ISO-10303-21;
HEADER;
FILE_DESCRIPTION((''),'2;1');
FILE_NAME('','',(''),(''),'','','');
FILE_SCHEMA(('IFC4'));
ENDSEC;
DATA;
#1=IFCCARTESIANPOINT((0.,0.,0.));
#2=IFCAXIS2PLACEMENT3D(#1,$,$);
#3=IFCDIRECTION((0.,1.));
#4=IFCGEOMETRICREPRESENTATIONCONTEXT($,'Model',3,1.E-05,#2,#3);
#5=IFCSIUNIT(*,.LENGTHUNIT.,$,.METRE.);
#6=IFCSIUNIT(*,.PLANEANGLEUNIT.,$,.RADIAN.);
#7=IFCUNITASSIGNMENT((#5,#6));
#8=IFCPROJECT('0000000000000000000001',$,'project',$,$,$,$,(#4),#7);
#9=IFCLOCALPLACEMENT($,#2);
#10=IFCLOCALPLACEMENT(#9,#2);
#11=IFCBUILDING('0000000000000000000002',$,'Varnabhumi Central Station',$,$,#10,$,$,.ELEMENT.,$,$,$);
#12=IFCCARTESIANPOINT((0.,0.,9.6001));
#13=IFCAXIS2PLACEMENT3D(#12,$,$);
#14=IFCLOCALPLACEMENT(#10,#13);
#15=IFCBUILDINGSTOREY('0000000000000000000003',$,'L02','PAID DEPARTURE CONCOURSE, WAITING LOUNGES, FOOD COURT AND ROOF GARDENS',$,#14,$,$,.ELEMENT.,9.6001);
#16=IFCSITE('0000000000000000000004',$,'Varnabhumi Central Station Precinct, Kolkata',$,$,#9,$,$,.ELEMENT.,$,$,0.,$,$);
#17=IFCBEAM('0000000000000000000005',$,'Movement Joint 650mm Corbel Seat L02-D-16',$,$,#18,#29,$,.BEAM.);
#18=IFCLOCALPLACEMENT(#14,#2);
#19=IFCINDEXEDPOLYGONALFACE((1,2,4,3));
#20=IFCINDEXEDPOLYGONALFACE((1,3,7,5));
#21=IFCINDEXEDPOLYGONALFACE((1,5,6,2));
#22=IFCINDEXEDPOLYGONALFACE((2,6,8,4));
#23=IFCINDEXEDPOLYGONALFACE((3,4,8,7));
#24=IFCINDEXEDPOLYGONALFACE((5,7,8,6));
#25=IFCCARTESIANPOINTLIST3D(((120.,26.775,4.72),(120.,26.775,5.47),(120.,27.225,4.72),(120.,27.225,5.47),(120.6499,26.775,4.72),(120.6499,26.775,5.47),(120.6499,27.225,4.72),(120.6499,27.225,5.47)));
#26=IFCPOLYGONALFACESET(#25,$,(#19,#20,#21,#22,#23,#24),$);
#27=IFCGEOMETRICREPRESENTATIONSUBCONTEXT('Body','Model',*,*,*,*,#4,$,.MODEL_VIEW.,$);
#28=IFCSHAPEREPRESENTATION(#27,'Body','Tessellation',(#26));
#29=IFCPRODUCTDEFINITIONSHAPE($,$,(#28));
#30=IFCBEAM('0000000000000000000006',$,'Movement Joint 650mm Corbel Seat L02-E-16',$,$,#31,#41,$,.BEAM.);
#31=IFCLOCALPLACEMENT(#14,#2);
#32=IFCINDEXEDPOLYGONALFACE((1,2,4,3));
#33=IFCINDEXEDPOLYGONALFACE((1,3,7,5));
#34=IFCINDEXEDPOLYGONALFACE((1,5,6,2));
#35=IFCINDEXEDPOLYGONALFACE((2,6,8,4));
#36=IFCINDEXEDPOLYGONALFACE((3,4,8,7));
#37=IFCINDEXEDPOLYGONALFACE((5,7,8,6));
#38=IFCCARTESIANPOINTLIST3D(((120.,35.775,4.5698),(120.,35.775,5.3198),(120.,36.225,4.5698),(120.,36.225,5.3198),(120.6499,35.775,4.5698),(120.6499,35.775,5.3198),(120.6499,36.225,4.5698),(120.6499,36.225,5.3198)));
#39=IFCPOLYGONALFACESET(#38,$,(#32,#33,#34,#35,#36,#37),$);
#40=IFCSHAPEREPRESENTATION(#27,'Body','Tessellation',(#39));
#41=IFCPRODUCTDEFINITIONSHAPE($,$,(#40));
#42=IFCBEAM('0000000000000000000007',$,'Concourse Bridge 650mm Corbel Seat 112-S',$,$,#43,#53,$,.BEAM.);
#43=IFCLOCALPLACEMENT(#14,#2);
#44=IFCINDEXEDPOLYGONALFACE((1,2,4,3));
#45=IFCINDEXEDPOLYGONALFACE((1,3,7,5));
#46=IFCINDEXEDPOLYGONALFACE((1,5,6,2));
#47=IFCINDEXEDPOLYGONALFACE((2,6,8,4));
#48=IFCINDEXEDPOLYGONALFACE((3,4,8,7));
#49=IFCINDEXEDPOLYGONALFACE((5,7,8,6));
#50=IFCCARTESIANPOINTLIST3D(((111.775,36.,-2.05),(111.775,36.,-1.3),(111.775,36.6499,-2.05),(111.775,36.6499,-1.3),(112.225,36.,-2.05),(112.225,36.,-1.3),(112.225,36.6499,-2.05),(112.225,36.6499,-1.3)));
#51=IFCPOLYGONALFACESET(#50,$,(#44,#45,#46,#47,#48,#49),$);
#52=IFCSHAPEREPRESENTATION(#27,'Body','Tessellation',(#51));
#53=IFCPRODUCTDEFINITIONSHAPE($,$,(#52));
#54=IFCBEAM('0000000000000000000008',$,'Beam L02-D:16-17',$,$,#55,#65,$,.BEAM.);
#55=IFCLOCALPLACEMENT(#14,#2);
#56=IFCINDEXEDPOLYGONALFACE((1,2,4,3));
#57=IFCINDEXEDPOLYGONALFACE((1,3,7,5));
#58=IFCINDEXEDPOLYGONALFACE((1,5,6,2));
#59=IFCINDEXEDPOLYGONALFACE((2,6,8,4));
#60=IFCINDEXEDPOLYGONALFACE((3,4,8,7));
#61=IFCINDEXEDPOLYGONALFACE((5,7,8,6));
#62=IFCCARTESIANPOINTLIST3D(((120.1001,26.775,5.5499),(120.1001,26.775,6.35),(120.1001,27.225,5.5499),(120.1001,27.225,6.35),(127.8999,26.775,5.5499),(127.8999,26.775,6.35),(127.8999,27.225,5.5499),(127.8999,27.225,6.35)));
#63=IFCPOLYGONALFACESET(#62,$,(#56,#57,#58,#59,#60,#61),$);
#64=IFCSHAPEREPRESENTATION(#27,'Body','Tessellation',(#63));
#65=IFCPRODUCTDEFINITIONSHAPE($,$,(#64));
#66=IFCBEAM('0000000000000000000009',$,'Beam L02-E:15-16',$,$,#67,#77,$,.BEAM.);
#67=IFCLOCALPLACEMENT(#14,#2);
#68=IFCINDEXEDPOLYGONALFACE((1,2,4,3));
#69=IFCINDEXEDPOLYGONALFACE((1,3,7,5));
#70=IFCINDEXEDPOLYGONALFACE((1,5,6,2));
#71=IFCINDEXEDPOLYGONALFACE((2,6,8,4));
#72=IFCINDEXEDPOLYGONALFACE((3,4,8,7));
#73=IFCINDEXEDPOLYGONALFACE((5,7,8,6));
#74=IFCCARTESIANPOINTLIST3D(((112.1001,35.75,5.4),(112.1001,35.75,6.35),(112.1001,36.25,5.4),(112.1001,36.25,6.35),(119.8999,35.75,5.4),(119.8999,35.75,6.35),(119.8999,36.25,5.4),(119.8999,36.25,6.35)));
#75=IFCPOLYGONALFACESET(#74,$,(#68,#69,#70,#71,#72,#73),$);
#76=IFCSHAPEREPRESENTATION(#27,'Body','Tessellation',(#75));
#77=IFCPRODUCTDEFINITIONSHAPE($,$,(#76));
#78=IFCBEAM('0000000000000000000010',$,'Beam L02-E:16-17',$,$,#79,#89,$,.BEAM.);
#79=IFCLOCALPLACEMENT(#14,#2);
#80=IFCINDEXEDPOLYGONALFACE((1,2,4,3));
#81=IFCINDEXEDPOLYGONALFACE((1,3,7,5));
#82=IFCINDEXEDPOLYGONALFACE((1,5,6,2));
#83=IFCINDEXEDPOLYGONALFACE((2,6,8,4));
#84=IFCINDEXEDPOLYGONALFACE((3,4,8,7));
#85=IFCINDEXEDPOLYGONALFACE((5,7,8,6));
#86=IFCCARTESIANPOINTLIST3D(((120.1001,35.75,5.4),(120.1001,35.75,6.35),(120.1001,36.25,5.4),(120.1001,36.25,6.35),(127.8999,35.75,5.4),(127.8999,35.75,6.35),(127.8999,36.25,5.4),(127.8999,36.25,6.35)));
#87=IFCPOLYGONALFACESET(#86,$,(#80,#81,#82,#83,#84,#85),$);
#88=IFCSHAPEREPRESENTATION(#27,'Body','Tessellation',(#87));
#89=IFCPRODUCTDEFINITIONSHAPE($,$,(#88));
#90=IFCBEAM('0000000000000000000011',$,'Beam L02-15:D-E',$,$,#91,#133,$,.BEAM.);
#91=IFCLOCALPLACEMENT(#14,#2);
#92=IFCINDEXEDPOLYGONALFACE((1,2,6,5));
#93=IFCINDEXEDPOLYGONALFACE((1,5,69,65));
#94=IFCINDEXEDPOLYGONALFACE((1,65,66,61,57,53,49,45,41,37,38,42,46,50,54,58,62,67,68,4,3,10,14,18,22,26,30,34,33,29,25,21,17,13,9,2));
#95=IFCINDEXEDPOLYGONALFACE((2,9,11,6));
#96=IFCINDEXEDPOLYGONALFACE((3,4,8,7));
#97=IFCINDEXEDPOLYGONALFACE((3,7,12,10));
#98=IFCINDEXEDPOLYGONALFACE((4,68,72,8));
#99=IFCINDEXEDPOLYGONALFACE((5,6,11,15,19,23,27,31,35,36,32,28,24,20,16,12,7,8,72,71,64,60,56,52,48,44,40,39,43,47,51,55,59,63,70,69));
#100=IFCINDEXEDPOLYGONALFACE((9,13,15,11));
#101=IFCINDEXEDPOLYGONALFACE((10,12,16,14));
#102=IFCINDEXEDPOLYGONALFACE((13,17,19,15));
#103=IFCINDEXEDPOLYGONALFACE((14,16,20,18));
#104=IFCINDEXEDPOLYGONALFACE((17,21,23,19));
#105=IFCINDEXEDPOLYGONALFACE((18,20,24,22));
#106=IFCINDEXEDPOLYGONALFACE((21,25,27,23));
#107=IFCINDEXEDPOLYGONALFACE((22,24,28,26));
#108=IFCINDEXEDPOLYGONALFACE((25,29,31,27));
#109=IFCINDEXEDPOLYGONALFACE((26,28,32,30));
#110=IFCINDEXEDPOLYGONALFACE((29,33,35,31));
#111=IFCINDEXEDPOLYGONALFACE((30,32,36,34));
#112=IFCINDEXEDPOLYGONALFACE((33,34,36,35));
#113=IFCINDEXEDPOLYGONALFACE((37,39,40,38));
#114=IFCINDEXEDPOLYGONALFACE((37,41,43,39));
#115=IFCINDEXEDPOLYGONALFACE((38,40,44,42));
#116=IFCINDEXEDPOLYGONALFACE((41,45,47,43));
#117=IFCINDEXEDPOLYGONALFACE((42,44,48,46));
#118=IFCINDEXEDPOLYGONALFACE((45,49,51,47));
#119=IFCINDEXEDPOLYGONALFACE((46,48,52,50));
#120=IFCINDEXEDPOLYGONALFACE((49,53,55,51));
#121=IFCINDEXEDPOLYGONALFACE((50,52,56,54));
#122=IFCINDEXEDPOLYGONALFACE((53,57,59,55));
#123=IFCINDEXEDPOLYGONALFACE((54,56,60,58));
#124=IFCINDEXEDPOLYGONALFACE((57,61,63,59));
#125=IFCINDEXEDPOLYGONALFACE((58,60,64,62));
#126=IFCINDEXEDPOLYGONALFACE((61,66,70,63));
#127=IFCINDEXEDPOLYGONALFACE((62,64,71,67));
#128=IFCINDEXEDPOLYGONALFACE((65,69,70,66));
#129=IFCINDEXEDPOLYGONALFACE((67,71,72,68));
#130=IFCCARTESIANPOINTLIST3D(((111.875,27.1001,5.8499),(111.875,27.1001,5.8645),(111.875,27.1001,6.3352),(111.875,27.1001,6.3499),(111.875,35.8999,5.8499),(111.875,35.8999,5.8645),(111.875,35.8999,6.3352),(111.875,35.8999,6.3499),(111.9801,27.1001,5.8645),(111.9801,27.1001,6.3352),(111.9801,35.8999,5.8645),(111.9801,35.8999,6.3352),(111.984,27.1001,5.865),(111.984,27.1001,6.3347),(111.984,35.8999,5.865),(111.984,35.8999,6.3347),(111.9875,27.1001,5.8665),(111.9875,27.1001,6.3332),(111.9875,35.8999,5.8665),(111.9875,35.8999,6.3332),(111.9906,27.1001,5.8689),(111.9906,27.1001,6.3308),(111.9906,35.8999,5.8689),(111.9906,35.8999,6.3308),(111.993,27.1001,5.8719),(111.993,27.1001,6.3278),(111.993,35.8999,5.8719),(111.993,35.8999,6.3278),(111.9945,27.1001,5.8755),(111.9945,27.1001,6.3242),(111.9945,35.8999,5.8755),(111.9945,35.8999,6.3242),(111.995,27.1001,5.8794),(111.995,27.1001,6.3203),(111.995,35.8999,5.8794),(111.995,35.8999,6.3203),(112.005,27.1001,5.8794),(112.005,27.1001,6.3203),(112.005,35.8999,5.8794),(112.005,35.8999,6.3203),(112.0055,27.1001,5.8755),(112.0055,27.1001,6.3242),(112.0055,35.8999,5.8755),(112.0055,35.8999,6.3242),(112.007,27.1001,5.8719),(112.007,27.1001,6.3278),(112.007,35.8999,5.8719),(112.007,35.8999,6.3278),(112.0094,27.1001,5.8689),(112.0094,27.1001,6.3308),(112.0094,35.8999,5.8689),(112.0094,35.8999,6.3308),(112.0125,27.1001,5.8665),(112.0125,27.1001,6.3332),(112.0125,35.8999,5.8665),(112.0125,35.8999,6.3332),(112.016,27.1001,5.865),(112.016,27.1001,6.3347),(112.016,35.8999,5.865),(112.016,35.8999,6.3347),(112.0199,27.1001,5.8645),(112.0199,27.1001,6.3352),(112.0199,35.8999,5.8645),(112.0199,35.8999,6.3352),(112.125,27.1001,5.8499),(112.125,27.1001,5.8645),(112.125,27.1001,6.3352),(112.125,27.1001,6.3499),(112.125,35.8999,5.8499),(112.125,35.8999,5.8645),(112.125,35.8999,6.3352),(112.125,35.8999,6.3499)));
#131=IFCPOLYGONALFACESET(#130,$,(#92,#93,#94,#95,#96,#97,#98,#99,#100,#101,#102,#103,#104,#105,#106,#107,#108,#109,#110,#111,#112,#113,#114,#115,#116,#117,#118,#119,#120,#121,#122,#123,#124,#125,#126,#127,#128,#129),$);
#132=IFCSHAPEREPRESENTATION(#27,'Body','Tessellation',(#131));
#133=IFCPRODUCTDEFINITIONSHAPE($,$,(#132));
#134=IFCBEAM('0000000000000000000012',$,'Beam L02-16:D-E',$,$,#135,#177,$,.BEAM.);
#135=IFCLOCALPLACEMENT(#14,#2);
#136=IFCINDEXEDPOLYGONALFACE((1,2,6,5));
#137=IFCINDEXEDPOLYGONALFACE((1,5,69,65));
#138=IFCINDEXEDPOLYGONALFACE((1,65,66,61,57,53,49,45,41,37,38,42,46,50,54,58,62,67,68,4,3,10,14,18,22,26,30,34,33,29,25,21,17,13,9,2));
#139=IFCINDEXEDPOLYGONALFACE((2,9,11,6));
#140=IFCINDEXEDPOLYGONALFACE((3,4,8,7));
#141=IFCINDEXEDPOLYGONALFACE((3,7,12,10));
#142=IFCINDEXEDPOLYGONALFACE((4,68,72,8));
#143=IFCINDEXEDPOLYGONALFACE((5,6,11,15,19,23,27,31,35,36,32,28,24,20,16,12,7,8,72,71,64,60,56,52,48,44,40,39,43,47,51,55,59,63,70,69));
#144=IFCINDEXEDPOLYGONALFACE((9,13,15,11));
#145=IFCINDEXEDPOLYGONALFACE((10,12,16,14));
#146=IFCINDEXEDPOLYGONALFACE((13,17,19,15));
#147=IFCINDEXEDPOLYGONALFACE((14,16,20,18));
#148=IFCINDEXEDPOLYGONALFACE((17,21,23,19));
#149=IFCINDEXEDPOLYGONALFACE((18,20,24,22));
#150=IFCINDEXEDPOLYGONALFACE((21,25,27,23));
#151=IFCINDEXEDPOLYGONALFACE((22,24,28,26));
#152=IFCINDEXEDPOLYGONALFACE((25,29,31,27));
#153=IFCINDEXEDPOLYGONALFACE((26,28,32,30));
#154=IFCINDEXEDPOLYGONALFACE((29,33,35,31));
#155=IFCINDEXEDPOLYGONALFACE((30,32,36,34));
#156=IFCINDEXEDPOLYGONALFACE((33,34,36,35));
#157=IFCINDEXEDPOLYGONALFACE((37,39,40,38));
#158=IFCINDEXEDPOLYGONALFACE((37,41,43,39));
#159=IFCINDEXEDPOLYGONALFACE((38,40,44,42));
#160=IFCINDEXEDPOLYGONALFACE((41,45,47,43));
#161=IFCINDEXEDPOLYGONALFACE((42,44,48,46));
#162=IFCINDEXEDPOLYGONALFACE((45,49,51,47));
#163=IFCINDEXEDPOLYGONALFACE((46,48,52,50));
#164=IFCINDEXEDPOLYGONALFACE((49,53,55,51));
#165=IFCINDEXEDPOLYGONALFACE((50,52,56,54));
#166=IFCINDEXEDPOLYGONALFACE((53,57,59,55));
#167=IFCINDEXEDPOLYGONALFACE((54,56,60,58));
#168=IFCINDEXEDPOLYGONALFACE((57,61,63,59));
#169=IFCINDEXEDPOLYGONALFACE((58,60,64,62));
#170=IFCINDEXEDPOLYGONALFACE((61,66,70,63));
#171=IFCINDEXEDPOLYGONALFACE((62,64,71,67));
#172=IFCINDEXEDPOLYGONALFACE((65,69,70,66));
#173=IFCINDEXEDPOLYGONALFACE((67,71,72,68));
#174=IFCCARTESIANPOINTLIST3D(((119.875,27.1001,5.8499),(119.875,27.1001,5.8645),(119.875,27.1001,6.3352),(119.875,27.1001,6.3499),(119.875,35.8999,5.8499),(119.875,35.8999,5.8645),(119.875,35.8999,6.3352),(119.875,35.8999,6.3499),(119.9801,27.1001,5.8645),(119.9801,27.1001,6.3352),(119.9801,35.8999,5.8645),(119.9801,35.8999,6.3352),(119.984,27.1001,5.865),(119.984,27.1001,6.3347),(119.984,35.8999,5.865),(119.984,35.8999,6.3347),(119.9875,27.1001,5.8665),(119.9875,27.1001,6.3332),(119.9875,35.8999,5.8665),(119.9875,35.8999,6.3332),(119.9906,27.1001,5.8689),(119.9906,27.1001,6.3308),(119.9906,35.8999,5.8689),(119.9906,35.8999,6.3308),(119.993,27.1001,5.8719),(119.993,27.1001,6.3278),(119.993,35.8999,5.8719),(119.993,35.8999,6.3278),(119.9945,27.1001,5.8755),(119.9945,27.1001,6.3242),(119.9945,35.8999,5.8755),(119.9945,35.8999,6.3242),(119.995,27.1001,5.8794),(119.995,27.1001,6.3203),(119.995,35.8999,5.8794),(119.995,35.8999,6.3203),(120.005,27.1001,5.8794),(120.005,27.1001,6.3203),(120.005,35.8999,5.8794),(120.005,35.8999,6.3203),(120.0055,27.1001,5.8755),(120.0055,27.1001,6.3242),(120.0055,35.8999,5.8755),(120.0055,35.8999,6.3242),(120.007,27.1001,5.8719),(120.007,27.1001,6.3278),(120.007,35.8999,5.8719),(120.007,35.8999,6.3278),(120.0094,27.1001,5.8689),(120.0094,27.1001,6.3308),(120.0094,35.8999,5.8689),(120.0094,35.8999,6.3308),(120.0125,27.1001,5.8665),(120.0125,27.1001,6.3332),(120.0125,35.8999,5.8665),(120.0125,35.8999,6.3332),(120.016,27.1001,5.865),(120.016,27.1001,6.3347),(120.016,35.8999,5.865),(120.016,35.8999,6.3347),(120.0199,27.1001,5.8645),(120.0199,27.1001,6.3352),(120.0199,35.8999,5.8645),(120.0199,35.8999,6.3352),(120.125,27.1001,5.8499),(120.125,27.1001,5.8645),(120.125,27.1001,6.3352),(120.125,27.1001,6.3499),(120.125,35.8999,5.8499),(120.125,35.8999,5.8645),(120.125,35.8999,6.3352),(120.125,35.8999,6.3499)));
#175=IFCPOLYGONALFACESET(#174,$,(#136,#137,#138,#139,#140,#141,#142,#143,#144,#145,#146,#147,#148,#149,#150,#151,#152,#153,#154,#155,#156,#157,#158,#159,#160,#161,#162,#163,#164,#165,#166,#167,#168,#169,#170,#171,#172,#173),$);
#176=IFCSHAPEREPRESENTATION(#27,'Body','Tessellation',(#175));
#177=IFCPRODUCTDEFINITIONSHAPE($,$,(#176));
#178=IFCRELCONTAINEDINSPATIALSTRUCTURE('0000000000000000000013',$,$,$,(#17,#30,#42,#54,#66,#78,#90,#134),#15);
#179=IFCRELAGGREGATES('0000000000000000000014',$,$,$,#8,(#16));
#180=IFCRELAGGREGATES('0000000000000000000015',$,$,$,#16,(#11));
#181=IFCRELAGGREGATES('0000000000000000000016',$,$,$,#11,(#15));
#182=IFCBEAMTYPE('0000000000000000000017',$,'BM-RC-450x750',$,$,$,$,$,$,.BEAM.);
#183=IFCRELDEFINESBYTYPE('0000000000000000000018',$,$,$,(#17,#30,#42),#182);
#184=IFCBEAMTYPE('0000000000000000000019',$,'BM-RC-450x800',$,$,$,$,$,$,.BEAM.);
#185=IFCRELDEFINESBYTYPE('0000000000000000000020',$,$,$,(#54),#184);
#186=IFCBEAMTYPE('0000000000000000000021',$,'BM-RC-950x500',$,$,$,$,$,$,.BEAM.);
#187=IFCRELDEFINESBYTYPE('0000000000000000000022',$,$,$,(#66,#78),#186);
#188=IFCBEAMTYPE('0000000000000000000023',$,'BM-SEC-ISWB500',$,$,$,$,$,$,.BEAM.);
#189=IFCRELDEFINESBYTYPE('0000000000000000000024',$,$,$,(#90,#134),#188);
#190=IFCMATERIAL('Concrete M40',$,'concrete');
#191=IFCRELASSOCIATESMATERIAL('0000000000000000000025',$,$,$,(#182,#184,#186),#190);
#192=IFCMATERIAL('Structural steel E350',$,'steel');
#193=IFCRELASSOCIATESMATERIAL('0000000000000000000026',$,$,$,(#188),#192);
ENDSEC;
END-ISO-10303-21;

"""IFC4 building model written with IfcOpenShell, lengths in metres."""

from ifc_helpers import new_model, si_unit, direction, frame, origin, origin_2d, place, context, subcontext, project, spatial, rectangle, i_section, extrude, material, material_profile, profile_set, type_object, element, save


model = new_model("IFC4")

# Units and contexts
model_context = context("Model", 3, precision=1e-05, world=origin(), true_north=direction((0.0, 1.0)))
body_context = subcontext(model_context, "Body", "Model", "MODEL_VIEW")
ifc_project = project(units=[si_unit("LENGTHUNIT", "METRE"), si_unit("PLANEANGLEUNIT", "RADIAN")], contexts=[model_context])

# Site, building, storey
site_placement = place(None, origin())
site = spatial("IfcSite", under=ifc_project, at=site_placement, Name="Varnabhumi Central Station Precinct, Kolkata", CompositionType="ELEMENT", RefElevation=0.0)
building_placement = place(site_placement, origin())
building = spatial("IfcBuilding", under=site, at=building_placement, Name="Varnabhumi Central Station", CompositionType="ELEMENT")
storey_placement = place(building_placement, frame((0.0, 0.0, 9.6001)))
storey = spatial("IfcBuildingStorey", under=building, at=storey_placement, Name="L02", Description="PAID DEPARTURE CONCOURSE, WAITING LOUNGES, FOOD COURT AND ROOF GARDENS", CompositionType="ELEMENT", Elevation=9.6001)

# Beams
ifc_material_1 = material(Name="Structural steel E350", Category="steel")
ifc_material_2 = material(Name="Concrete M40", Category="concrete")
ifc_material_profile_1 = material_profile(ifc_material_2, rectangle(XDim=0.45, YDim=0.75, at=origin_2d()), Name="Concrete M40", Category="concrete")
ifc_profile_set_1 = profile_set([ifc_material_profile_1], Name="Concrete M40")
beam_type_1 = type_object("IfcBeamType", Name="BM-RC-450x750", PredefinedType="BEAM", material=ifc_profile_set_1)
for number, where, z_axis, x_axis, name in (
    (1, (120.0, 27.0, 5.095), (1.0, 0.0, 0.0), (0.0, 1.0, 0.0), "Movement Joint 650mm Corbel Seat L02-D-16"),
    (2, (120.0, 36.0, 4.9448), (1.0, 0.0, 0.0), (0.0, 1.0, 0.0), "Movement Joint 650mm Corbel Seat L02-E-16"),
    (3, (112.0, 36.0, -1.675), (0.0, 1.0, 0.0), (-1.0, 0.0, 0.0), "Concourse Bridge 650mm Corbel Seat 112-S"),
):
    element("IfcBeam", number, at=place(storey_placement, frame(where, z_axis=z_axis, x_axis=x_axis)), inside=storey, type_object=beam_type_1, Name=name, PredefinedType="BEAM", context=body_context, shape_type="SweptSolid", body=[
        extrude(rectangle(XDim=0.45, YDim=0.75, at=origin_2d()), origin(), (0.0, 0.0, 1.0), 0.6499),
    ])
ifc_material_profile_2 = material_profile(ifc_material_2, rectangle(XDim=0.45, YDim=0.8, at=origin_2d()), Name="Concrete M40", Category="concrete")
ifc_profile_set_2 = profile_set([ifc_material_profile_2], Name="Concrete M40")
beam_type_2 = type_object("IfcBeamType", Name="BM-RC-450x800", PredefinedType="BEAM", material=ifc_profile_set_2)
beam_1_placement = place(storey_placement, frame((120.1001, 27.0, 5.95), z_axis=(1.0, 0.0, 0.0), x_axis=(0.0, 1.0, 0.0)))
element("IfcBeam", 4, at=beam_1_placement, inside=storey, type_object=beam_type_2, Name="Beam L02-D:16-17", PredefinedType="BEAM", context=body_context, shape_type="SweptSolid", body=[
    extrude(rectangle(XDim=0.45, YDim=0.8, at=origin_2d()), origin(), (0.0, 0.0, 1.0), 7.7998),
])
ifc_material_profile_3 = material_profile(ifc_material_2, rectangle(XDim=0.5, YDim=0.95, at=origin_2d()), Name="Concrete M40", Category="concrete")
ifc_profile_set_3 = profile_set([ifc_material_profile_3], Name="Concrete M40")
beam_type_3 = type_object("IfcBeamType", Name="BM-RC-950x500", PredefinedType="BEAM", material=ifc_profile_set_3)
for number, where, z_axis, x_axis, name in (
    (5, (112.1001, 36.0, 5.875), (1.0, 0.0, 0.0), (0.0, 1.0, 0.0), "Beam L02-E:15-16"),
    (6, (120.1001, 36.0, 5.875), (1.0, 0.0, 0.0), (0.0, 1.0, 0.0), "Beam L02-E:16-17"),
):
    element("IfcBeam", number, at=place(storey_placement, frame(where, z_axis=z_axis, x_axis=x_axis)), inside=storey, type_object=beam_type_3, Name=name, PredefinedType="BEAM", context=body_context, shape_type="SweptSolid", body=[
        extrude(rectangle(XDim=0.5, YDim=0.95, at=origin_2d()), origin(), (0.0, 0.0, 1.0), 7.7998),
    ])
ifc_material_profile_4 = material_profile(ifc_material_1, i_section(OverallWidth=0.25, OverallDepth=0.5, WebThickness=0.01, FlangeThickness=0.0146, FilletRadius=0.0149, at=origin_2d()), Name="Structural steel E350", Category="steel")
ifc_profile_set_4 = profile_set([ifc_material_profile_4], Name="Structural steel E350")
beam_type_4 = type_object("IfcBeamType", Name="BM-SEC-ISWB500", PredefinedType="BEAM", material=ifc_profile_set_4)
for number, where, z_axis, x_axis, name in (
    (7, (112.0, 27.1001, 6.0999), (0.0, 1.0, 0.0), (-1.0, 0.0, 0.0), "Beam L02-15:D-E"),
    (8, (120.0, 27.1001, 6.0999), (0.0, 1.0, 0.0), (-1.0, 0.0, 0.0), "Beam L02-16:D-E"),
):
    element("IfcBeam", number, at=place(storey_placement, frame(where, z_axis=z_axis, x_axis=x_axis)), inside=storey, type_object=beam_type_4, Name=name, PredefinedType="BEAM", context=body_context, shape_type="SweptSolid", body=[
        extrude(i_section(OverallWidth=0.25, OverallDepth=0.5, WebThickness=0.01, FlangeThickness=0.0146, FilletRadius=0.0149, at=origin_2d()), origin(), (0.0, 0.0, 1.0), 8.7998),
    ])

save(model, "model.ifc")
